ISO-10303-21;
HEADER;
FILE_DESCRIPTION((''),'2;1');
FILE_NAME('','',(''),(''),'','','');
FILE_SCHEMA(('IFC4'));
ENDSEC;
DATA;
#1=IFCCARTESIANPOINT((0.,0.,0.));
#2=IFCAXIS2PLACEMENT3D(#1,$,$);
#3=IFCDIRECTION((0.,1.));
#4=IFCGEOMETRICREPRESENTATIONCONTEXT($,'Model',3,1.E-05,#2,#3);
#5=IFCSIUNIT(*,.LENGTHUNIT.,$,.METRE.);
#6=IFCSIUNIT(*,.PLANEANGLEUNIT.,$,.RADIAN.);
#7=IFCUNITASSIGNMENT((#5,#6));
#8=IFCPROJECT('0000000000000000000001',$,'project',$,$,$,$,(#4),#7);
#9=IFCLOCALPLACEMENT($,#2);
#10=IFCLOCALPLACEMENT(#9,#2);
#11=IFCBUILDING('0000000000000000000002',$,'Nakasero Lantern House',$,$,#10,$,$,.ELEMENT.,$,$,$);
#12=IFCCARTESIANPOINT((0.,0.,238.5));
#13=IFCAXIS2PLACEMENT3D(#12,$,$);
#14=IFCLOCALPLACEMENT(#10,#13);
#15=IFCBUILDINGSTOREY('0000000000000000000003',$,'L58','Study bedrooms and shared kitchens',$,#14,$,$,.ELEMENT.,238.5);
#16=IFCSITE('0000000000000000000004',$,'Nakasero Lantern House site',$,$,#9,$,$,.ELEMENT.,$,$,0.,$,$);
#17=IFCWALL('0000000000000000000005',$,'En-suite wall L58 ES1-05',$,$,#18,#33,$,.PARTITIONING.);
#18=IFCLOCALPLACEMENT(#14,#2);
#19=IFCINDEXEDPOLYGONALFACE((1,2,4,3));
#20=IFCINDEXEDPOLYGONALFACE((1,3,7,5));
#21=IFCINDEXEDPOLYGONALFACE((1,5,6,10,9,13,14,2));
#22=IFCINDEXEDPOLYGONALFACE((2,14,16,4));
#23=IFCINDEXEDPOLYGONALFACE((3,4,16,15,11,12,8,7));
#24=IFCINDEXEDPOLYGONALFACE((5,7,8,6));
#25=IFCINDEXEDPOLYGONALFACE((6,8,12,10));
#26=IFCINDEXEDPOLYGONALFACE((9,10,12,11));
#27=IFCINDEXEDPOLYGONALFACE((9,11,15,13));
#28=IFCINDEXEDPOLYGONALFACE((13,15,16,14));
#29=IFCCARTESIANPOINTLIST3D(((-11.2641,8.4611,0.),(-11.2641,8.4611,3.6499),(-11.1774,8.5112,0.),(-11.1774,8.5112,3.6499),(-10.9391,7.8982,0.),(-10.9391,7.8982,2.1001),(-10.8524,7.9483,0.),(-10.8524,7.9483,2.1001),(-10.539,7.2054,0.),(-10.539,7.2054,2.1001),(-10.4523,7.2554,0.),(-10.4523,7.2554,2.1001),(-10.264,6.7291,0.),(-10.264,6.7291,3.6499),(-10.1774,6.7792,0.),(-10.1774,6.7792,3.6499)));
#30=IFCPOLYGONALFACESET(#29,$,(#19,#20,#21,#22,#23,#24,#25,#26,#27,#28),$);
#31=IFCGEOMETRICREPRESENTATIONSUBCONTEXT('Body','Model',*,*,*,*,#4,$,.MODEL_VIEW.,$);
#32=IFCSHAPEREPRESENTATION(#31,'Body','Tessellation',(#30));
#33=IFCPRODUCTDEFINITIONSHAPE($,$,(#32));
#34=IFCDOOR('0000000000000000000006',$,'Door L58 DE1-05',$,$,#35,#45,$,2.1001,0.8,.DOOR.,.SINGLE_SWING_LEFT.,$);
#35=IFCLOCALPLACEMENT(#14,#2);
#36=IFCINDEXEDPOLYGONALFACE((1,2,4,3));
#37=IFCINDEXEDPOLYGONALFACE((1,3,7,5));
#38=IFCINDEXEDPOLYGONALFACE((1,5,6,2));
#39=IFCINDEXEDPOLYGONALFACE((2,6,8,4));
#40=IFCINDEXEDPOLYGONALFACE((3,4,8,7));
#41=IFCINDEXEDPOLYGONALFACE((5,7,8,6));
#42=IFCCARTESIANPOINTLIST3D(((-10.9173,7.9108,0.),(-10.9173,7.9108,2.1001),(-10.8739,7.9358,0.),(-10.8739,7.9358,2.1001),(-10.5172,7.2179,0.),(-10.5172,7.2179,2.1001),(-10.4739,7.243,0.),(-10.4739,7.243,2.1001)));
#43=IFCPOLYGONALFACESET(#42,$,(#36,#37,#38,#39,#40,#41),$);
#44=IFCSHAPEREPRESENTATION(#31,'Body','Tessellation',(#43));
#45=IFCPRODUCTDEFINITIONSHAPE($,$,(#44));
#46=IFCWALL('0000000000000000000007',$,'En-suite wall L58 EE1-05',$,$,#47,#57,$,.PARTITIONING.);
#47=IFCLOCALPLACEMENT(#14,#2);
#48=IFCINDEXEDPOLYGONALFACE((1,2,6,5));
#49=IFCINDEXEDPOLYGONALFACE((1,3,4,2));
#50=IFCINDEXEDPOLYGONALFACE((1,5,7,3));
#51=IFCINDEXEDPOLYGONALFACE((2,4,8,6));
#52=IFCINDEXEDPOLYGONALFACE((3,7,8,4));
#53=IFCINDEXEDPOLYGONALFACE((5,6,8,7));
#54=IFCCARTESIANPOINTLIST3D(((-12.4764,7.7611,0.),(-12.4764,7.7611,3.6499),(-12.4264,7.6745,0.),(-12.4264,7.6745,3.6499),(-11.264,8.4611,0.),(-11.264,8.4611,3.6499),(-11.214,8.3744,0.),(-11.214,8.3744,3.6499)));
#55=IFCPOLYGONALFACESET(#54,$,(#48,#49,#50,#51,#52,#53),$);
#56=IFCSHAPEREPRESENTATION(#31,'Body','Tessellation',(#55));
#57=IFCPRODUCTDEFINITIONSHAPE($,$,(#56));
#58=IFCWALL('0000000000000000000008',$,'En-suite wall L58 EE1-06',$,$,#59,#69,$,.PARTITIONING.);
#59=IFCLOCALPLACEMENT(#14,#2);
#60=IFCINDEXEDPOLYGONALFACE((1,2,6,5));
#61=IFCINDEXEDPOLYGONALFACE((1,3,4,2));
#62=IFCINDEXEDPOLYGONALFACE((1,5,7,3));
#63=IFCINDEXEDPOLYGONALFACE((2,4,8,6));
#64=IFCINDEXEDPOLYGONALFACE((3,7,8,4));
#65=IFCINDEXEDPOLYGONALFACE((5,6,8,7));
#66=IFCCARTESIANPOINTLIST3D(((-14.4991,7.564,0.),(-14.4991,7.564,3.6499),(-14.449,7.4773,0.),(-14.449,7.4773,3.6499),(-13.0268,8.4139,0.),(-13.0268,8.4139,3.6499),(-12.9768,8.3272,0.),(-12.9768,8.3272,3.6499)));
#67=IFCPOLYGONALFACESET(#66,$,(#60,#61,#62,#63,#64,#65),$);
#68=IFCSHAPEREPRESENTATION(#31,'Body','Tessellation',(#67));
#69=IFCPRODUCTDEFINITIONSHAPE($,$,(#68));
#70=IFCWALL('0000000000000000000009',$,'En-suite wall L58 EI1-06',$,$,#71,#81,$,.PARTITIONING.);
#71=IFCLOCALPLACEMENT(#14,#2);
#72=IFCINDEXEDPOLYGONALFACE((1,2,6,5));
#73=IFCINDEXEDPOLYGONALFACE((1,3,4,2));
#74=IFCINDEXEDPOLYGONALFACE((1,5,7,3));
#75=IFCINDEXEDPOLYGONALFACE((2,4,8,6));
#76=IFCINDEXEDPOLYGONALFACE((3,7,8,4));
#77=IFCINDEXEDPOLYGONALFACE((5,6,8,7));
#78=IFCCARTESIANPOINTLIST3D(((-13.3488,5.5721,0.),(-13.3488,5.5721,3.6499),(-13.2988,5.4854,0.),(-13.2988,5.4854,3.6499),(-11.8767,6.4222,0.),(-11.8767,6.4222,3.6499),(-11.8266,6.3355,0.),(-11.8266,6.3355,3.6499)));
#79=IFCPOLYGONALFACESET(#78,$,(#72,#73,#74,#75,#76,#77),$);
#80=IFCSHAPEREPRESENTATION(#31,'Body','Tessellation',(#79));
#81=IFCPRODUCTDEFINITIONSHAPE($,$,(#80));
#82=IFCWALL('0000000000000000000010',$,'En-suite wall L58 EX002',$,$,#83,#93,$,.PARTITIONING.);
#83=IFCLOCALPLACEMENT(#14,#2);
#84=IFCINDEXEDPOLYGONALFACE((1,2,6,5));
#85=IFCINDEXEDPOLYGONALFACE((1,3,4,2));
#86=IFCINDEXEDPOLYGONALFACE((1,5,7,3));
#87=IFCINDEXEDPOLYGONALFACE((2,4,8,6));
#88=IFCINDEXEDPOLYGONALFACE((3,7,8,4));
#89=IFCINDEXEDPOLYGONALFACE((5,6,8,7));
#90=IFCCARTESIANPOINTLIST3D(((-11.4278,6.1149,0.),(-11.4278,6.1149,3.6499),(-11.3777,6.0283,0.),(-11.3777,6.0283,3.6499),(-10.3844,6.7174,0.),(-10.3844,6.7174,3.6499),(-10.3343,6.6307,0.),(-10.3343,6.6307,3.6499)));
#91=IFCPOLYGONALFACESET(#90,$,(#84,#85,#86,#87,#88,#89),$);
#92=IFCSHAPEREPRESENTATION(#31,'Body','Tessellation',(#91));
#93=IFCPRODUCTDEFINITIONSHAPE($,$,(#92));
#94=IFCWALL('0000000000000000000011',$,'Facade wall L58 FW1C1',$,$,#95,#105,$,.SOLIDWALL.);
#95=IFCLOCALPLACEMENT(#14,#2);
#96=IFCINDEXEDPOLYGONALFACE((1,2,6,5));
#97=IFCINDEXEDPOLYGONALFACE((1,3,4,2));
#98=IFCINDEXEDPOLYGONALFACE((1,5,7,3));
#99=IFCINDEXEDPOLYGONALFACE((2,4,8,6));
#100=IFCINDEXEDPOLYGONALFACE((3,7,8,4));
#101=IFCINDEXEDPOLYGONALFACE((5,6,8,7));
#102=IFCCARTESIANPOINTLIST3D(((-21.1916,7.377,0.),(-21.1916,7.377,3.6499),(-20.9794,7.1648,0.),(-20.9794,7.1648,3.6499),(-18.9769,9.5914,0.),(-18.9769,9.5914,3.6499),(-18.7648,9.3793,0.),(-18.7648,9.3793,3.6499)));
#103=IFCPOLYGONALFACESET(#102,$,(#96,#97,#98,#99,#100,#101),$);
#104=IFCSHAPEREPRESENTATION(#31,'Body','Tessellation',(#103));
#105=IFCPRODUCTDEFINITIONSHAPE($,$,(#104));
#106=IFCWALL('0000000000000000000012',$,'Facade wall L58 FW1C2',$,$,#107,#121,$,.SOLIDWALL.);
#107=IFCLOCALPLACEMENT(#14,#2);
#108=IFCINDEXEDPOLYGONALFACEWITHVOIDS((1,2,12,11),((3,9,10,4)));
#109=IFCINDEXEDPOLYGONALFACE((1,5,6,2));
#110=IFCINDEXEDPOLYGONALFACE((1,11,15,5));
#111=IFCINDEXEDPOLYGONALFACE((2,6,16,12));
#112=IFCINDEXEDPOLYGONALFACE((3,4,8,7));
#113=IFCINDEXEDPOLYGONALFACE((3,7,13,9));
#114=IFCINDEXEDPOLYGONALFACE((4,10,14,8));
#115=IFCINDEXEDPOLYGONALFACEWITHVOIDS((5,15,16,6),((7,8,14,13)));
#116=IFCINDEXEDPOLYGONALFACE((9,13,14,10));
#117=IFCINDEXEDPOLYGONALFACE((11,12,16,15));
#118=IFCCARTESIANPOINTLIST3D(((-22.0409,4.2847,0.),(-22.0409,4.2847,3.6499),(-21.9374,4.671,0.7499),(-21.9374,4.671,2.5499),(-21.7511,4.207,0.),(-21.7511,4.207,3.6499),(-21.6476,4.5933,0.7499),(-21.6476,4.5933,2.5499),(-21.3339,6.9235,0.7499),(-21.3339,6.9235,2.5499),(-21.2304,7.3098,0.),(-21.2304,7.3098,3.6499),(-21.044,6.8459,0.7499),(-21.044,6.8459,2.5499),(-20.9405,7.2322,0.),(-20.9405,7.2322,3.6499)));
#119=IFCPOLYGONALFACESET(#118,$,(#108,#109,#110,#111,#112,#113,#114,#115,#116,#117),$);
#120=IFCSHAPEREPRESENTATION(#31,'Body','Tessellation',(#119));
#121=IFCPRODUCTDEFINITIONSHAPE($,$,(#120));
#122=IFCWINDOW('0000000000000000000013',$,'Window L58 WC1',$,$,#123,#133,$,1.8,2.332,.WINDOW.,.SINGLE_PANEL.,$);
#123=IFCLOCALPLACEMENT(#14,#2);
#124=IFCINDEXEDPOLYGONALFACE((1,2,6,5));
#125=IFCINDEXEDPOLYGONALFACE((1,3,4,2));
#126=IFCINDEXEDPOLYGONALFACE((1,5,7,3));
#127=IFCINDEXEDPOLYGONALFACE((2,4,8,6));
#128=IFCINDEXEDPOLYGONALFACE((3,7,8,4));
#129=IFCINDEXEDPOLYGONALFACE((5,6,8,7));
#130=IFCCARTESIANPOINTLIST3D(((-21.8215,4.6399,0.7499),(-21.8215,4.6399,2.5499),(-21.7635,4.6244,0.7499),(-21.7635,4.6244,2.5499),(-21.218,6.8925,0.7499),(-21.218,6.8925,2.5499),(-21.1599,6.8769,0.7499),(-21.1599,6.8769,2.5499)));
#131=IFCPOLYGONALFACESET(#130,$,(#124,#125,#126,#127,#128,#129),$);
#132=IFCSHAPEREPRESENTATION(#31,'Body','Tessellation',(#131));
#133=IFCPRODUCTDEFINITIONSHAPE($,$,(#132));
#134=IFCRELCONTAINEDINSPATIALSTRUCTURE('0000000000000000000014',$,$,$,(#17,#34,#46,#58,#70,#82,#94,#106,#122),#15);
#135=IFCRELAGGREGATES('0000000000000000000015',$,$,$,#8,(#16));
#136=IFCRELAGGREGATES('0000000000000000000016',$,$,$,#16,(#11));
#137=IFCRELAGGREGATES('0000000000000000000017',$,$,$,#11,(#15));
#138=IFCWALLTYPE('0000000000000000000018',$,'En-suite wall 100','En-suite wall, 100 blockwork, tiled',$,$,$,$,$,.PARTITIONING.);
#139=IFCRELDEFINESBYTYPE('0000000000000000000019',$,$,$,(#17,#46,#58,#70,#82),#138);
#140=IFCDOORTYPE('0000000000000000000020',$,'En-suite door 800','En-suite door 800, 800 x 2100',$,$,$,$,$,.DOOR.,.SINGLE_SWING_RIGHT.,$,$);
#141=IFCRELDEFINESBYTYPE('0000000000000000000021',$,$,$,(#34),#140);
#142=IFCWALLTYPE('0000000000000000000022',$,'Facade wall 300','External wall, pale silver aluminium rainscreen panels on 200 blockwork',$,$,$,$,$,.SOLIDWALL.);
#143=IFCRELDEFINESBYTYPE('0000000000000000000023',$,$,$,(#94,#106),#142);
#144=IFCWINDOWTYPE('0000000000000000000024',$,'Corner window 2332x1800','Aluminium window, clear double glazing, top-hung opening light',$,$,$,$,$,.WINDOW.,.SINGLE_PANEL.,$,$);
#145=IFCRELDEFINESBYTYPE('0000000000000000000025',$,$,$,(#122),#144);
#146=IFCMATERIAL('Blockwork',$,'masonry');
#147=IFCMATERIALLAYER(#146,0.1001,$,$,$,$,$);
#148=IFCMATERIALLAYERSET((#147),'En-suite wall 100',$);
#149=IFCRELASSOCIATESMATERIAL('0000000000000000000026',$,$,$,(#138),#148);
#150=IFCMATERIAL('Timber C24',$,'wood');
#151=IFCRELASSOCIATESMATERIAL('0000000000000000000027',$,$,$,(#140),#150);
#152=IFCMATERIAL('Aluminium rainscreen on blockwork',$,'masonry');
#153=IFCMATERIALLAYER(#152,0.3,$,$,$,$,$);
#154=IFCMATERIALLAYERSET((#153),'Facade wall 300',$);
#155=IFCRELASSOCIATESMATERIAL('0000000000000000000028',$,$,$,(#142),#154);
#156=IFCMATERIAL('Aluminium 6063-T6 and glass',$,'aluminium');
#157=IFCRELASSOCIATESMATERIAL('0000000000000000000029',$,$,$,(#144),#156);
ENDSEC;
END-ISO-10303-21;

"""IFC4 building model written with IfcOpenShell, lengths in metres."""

from ifc_helpers import new_model, si_unit, direction, frame, frame_2d, origin, place, context, subcontext, project, spatial, rectangle, extrude, material, layer, layer_set, type_object, element, fill, save


model = new_model("IFC4")

# Units and contexts
model_context = context("Model", 3, precision=1e-05, world=origin(), true_north=direction((0.0, 1.0)))
body_context = subcontext(model_context, "Body", "Model", "MODEL_VIEW")
ifc_project = project(units=[si_unit("LENGTHUNIT", "METRE"), si_unit("PLANEANGLEUNIT", "RADIAN")], contexts=[model_context])

# Site, building, storey
site_placement = place(None, origin())
site = spatial("IfcSite", under=ifc_project, at=site_placement, Name="Nakasero Lantern House site", CompositionType="ELEMENT", RefElevation=0.0)
building_placement = place(site_placement, origin())
building = spatial("IfcBuilding", under=site, at=building_placement, Name="Nakasero Lantern House", CompositionType="ELEMENT")
storey_placement = place(building_placement, frame((0.0, 0.0, 238.5)))
storey = spatial("IfcBuildingStorey", under=building, at=storey_placement, Name="L58", Description="Study bedrooms and shared kitchens", CompositionType="ELEMENT", Elevation=238.5)

# Wall, opening, door
ifc_material_1 = material(Name="Blockwork", Category="masonry")
ifc_layer_1 = layer(ifc_material_1, 0.1001)
ifc_layer_set_1 = layer_set([ifc_layer_1], Name="En-suite wall 100")
wall_type_1 = type_object("IfcWallType", Name="En-suite wall 100", Description="En-suite wall, 100 blockwork, tiled", PredefinedType="PARTITIONING", material=ifc_layer_set_1)
wall_1_placement = place(storey_placement, frame((-10.2207, 6.7542, 0.0), z_axis=(0.0, 0.0, 1.0), x_axis=(-0.500025, 0.866011, 0.0)))
wall_1 = element("IfcWall", 1, at=wall_1_placement, inside=storey, type_object=wall_type_1, Name="En-suite wall L58 ES1-05", PredefinedType="PARTITIONING", context=body_context, shape_type="SweptSolid", body=[
    extrude(rectangle(XDim=2.0, YDim=0.1001, at=frame_2d((1.0, 0.0))), origin(), (0.0, 0.0, 1.0), 3.6499),
])
opening_1_placement = place(wall_1_placement, frame((0.55, 0.0, 0.0)))
opening_1 = element("IfcOpeningElement", 2, at=opening_1_placement, cuts=wall_1, PredefinedType="OPENING", context=body_context, shape_type="SweptSolid", body=[
    extrude(rectangle(XDim=0.8, YDim=2.1001, at=frame_2d((0.3999, 1.05))), frame((0.0, 0.0701, 0.0), z_axis=(0.0, -1.0, 0.0), x_axis=(1.0, 0.0, 0.0)), (0.0, 0.0, 1.0), 0.1401),
])
ifc_material_2 = material(Name="Timber C24", Category="wood")
door_type_1 = type_object("IfcDoorType", Name="En-suite door 800", Description="En-suite door 800, 800 x 2100", OperationType="SINGLE_SWING_RIGHT", PredefinedType="DOOR", material=ifc_material_2)
door_1_placement = place(opening_1_placement, origin())
door_1 = element("IfcDoor", 3, at=door_1_placement, inside=storey, type_object=door_type_1, Name="Door L58 DE1-05", OperationType="SINGLE_SWING_LEFT", OverallHeight=2.1001, OverallWidth=0.8, PredefinedType="DOOR", context=body_context, shape_type="SweptSolid", body=[
    extrude(rectangle(XDim=0.8, YDim=2.1001, at=frame_2d((0.3999, 1.05))), frame((0.0, 0.0249, 0.0), z_axis=(0.0, -1.0, 0.0), x_axis=(1.0, 0.0, 0.0)), (0.0, 0.0, 1.0), 0.05),
])
fill(opening_1, door_1)

# Walls
wall_2_placement = place(storey_placement, frame((-11.239, 8.4177, 0.0), z_axis=(0.0, 0.0, 1.0), x_axis=(-0.866035, -0.499984, 0.0)))
element("IfcWall", 4, at=wall_2_placement, inside=storey, type_object=wall_type_1, Name="En-suite wall L58 EE1-05", PredefinedType="PARTITIONING", context=body_context, shape_type="SweptSolid", body=[
    extrude(rectangle(XDim=1.3999, YDim=0.1001, at=frame_2d((0.7, 0.0))), origin(), (0.0, 0.0, 1.0), 3.6499),
])
for number, where, z_axis, x_axis, name in (
    (5, (-13.0017, 8.3706, 0.0), (0.0, 0.0, 1.0), (-0.866052, -0.499955, 0.0), "En-suite wall L58 EE1-06"),
    (6, (-11.8516, 6.3789, 0.0), (0.0, 0.0, 1.0), (-0.865989, -0.500062, 0.0), "En-suite wall L58 EI1-06"),
):
    element("IfcWall", number, at=place(storey_placement, frame(where, z_axis=z_axis, x_axis=x_axis)), inside=storey, type_object=wall_type_1, Name=name, PredefinedType="PARTITIONING", context=body_context, shape_type="SweptSolid", body=[
        extrude(rectangle(XDim=1.7, YDim=0.1001, at=frame_2d((0.8501, 0.0))), origin(), (0.0, 0.0, 1.0), 3.6499),
    ])
wall_3_placement = place(storey_placement, frame((-11.4028, 6.0715, 0.0), z_axis=(0.0, 0.0, 1.0), x_axis=(0.86599, 0.500062, 0.0)))
element("IfcWall", 7, at=wall_3_placement, inside=storey, type_object=wall_type_1, Name="En-suite wall L58 EX002", PredefinedType="PARTITIONING", context=body_context, shape_type="SweptSolid", body=[
    extrude(rectangle(XDim=1.2048, YDim=0.1001, at=frame_2d((0.6025, 0.0))), origin(), (0.0, 0.0, 1.0), 3.6499),
])
ifc_material_3 = material(Name="Aluminium rainscreen on blockwork", Category="masonry")
ifc_layer_2 = layer(ifc_material_3, 0.3)
ifc_layer_set_2 = layer_set([ifc_layer_2], Name="Facade wall 300")
wall_type_2 = type_object("IfcWallType", Name="Facade wall 300", Description="External wall, pale silver aluminium rainscreen panels on 200 blockwork", PredefinedType="SOLIDWALL", material=ifc_layer_set_2)
wall_4_placement = place(storey_placement, frame((-18.8708, 9.4854, 0.0), z_axis=(0.0, 0.0, 1.0), x_axis=(-0.707146, -0.707068, 0.0)))
element("IfcWall", 8, at=wall_4_placement, inside=storey, type_object=wall_type_2, Name="Facade wall L58 FW1C1", PredefinedType="SOLIDWALL", context=body_context, shape_type="SweptSolid", body=[
    extrude(rectangle(XDim=3.1318, YDim=0.3, at=frame_2d((1.5659, 0.0))), origin(), (0.0, 0.0, 1.0), 3.6499),
])

# Wall, opening, window
wall_5_placement = place(storey_placement, frame((-21.0854, 7.271, 0.0), z_axis=(0.0, 0.0, 1.0), x_axis=(-0.258808, -0.965929, 0.0)))
wall_5 = element("IfcWall", 9, at=wall_5_placement, inside=storey, type_object=wall_type_2, Name="Facade wall L58 FW1C2", PredefinedType="SOLIDWALL", context=body_context, shape_type="SweptSolid", body=[
    extrude(rectangle(XDim=3.1318, YDim=0.3, at=frame_2d((1.5659, 0.0))), origin(), (0.0, 0.0, 1.0), 3.6499),
])
opening_2_placement = place(wall_5_placement, frame((0.3999, 0.0, 0.75)))
opening_2 = element("IfcOpeningElement", 10, at=opening_2_placement, cuts=wall_5, PredefinedType="OPENING", context=body_context, shape_type="SweptSolid", body=[
    extrude(rectangle(XDim=2.332, YDim=1.8, at=frame_2d((1.166, 0.8999))), frame((0.0, 0.1699, 0.0), z_axis=(0.0, -1.0, 0.0), x_axis=(1.0, 0.0, 0.0)), (0.0, 0.0, 1.0), 0.3401),
])
ifc_material_4 = material(Name="Aluminium 6063-T6 and glass", Category="aluminium")
window_type = type_object("IfcWindowType", Name="Corner window 2332x1800", Description="Aluminium window, clear double glazing, top-hung opening light", PartitioningType="SINGLE_PANEL", PredefinedType="WINDOW", material=ifc_material_4)
window_placement = place(opening_2_placement, origin())
window = element("IfcWindow", 11, at=window_placement, inside=storey, type_object=window_type, Name="Window L58 WC1", OverallHeight=1.8, OverallWidth=2.332, PartitioningType="SINGLE_PANEL", PredefinedType="WINDOW", context=body_context, shape_type="SweptSolid", body=[
    extrude(rectangle(XDim=2.332, YDim=1.8, at=frame_2d((1.166, 0.8999))), frame((0.0, 0.03, 0.0), z_axis=(0.0, -1.0, 0.0), x_axis=(1.0, 0.0, 0.0)), (0.0, 0.0, 1.0), 0.0601),
])
fill(opening_2, window)

save(model, "model.ifc")
